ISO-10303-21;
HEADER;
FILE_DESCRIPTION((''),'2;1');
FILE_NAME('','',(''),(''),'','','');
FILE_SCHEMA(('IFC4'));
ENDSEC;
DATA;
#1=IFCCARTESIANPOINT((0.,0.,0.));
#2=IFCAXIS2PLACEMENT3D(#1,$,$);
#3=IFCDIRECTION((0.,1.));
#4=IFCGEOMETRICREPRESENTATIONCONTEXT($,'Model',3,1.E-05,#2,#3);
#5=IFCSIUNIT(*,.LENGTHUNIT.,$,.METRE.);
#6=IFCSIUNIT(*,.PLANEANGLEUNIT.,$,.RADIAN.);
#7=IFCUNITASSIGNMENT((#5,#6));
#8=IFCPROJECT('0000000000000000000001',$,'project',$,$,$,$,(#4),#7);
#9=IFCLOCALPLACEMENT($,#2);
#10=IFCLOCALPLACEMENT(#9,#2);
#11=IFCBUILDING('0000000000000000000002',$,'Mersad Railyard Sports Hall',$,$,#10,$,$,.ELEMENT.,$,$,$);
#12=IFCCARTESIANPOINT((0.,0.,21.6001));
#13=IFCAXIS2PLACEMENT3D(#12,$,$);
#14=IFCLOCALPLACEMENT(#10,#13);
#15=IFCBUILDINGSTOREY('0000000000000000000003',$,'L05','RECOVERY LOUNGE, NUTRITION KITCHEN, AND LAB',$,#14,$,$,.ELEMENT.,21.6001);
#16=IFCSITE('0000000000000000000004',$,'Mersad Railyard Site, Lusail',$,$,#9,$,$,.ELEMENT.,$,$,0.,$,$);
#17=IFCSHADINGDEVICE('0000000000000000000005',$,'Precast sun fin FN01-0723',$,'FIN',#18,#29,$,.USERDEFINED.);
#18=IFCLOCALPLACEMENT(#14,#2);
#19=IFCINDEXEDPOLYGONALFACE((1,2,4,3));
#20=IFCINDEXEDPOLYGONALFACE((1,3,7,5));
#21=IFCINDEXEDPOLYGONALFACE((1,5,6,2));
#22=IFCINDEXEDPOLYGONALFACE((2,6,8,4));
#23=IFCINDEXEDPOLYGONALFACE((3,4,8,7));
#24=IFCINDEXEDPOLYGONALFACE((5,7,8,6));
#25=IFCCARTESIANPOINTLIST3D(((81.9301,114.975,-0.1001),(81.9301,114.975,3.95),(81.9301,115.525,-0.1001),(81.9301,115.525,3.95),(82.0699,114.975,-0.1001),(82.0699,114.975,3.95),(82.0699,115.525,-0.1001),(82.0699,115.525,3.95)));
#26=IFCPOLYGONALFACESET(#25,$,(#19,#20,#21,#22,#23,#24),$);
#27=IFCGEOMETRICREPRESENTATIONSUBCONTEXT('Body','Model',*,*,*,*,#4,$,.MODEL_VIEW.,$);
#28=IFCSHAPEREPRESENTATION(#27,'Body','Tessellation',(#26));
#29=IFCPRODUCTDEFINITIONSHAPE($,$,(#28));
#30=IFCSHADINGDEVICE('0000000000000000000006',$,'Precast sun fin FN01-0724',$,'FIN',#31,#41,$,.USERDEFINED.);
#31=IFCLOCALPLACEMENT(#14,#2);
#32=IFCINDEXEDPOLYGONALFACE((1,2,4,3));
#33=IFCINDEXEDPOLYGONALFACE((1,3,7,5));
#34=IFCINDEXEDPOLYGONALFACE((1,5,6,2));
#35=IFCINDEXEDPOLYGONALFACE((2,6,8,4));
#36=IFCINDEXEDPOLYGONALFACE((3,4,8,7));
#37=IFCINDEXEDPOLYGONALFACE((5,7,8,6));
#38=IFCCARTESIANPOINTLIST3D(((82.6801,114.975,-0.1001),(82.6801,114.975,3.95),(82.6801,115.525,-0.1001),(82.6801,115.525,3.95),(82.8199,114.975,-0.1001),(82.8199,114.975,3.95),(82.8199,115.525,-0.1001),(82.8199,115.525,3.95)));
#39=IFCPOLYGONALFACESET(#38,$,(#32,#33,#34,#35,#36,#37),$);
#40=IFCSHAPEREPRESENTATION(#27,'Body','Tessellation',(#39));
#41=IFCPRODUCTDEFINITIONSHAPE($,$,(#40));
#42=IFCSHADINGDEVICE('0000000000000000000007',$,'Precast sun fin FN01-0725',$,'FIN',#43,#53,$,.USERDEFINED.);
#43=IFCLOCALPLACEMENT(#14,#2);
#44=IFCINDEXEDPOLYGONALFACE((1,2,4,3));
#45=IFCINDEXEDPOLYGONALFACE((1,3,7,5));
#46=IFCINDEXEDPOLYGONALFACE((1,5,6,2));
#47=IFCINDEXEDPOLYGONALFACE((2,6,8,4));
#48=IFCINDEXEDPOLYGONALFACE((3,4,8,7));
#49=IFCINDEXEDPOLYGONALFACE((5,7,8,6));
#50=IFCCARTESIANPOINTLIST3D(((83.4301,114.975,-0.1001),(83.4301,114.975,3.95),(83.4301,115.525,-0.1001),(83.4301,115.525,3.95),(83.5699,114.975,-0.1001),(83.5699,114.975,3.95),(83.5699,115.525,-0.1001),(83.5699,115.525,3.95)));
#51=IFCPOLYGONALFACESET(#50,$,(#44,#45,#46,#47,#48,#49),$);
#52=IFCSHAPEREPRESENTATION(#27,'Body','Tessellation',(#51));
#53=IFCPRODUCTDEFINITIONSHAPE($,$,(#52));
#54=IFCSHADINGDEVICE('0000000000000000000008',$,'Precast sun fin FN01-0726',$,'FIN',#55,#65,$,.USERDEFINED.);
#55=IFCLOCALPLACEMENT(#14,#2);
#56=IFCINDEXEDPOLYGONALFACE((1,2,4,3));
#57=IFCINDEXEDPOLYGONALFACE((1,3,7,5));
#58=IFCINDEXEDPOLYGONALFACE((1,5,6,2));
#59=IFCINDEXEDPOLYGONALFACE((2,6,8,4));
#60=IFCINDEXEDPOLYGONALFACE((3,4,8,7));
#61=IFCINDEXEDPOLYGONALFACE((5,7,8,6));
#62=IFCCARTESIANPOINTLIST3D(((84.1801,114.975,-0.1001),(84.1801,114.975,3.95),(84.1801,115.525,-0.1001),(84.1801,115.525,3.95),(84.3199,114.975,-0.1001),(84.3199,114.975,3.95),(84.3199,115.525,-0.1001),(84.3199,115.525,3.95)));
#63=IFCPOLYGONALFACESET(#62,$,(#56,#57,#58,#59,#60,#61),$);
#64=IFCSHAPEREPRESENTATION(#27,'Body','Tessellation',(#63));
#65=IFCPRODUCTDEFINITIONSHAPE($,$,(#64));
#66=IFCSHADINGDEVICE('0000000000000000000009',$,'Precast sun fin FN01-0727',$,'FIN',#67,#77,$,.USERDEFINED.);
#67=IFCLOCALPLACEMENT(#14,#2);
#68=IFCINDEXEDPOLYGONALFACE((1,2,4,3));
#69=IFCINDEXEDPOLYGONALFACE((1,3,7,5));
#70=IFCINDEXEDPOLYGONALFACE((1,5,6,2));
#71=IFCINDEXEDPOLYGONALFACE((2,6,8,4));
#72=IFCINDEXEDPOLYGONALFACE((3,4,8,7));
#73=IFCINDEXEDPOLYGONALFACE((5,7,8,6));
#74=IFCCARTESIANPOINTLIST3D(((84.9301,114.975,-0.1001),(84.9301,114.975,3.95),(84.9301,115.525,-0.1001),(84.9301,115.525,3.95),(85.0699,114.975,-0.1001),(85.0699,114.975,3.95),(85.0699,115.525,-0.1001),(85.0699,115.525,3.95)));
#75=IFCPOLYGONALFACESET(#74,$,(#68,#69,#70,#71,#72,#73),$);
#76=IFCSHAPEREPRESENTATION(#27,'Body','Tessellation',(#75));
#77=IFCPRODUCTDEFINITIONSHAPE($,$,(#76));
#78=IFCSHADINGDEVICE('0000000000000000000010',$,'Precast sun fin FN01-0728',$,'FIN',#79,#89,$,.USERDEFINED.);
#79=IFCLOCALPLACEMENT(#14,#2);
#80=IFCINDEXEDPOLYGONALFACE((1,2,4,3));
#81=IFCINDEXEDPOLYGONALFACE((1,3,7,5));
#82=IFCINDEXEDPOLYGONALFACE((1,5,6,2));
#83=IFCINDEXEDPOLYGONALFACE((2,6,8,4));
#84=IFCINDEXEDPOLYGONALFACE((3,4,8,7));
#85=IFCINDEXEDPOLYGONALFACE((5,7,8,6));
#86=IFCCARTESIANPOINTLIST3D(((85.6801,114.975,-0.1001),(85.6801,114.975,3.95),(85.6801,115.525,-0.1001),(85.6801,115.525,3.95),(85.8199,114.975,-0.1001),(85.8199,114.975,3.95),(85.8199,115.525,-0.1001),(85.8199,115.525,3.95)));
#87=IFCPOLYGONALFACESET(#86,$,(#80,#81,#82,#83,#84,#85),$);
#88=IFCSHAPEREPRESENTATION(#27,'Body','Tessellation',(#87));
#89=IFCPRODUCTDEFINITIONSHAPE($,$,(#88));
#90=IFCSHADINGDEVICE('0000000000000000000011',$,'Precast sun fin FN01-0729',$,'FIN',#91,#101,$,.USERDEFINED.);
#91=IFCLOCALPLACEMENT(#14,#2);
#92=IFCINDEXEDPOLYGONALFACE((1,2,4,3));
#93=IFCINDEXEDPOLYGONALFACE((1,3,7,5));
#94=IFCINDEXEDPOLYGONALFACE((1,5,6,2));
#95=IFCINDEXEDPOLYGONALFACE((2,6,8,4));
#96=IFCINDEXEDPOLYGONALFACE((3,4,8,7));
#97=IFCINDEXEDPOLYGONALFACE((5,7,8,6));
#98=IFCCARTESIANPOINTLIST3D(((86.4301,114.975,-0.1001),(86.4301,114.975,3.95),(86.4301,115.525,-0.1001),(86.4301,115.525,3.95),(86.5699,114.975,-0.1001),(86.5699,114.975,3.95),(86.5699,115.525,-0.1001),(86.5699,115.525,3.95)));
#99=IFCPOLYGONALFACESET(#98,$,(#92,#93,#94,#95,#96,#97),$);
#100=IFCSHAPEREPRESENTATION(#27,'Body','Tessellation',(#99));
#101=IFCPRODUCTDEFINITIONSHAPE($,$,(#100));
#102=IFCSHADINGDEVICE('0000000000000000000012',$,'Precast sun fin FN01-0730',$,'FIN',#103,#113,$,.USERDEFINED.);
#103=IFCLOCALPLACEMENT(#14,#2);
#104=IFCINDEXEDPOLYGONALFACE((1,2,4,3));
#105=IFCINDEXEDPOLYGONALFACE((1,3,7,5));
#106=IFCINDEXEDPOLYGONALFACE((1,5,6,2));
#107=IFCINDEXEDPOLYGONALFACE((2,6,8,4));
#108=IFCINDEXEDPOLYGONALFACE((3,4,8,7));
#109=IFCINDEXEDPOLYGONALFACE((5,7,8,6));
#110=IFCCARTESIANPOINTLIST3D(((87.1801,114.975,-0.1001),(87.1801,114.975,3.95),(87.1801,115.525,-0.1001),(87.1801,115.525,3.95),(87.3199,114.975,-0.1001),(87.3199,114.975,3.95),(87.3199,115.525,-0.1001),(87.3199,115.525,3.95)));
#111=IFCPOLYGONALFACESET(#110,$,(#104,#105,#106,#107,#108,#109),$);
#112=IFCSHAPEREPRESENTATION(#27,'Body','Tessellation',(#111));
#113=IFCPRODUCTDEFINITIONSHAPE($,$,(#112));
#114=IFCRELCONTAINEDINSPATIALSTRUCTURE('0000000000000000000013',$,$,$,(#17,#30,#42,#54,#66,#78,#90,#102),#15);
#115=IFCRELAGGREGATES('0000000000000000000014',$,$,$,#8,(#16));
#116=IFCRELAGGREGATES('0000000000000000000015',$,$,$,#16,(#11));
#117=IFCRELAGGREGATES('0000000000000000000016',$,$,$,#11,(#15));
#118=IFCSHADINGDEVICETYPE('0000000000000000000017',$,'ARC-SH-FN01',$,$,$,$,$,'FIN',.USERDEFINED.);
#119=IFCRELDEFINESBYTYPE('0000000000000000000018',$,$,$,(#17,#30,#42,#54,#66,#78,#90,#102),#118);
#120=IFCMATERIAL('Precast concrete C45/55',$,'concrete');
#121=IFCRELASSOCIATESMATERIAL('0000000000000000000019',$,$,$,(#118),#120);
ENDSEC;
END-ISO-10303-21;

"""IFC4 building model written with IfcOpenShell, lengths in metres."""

from ifc_helpers import new_model, si_unit, direction, frame, origin, origin_2d, place, context, subcontext, project, spatial, rectangle, extrude, material, type_object, element, save


model = new_model("IFC4")

# Units and contexts
model_context = context("Model", 3, precision=1e-05, world=origin(), true_north=direction((0.0, 1.0)))
body_context = subcontext(model_context, "Body", "Model", "MODEL_VIEW")
ifc_project = project(units=[si_unit("LENGTHUNIT", "METRE"), si_unit("PLANEANGLEUNIT", "RADIAN")], contexts=[model_context])

# Site, building, storey
site_placement = place(None, origin())
site = spatial("IfcSite", under=ifc_project, at=site_placement, Name="Mersad Railyard Site, Lusail", CompositionType="ELEMENT", RefElevation=0.0)
building_placement = place(site_placement, origin())
building = spatial("IfcBuilding", under=site, at=building_placement, Name="Mersad Railyard Sports Hall", CompositionType="ELEMENT")
storey_placement = place(building_placement, frame((0.0, 0.0, 21.6001)))
storey = spatial("IfcBuildingStorey", under=building, at=storey_placement, Name="L05", Description="RECOVERY LOUNGE, NUTRITION KITCHEN, AND LAB", CompositionType="ELEMENT", Elevation=21.6001)

# Shading devices
ifc_material_1 = material(Name="Precast concrete C45/55", Category="concrete")
shading_device_type = type_object("IfcShadingDeviceType", Name="ARC-SH-FN01", ElementType="FIN", PredefinedType="USERDEFINED", material=ifc_material_1)
for number, where, z_axis, x_axis, name in (
    (1, (82.0, 115.25, -0.1001), (0.0, 0.0, 1.0), (1.0, 0.0, 0.0), "Precast sun fin FN01-0723"),
    (2, (82.75, 115.25, -0.1001), (0.0, 0.0, 1.0), (1.0, 0.0, 0.0), "Precast sun fin FN01-0724"),
    (3, (83.5, 115.25, -0.1001), (0.0, 0.0, 1.0), (1.0, 0.0, 0.0), "Precast sun fin FN01-0725"),
    (4, (84.25, 115.25, -0.1001), (0.0, 0.0, 1.0), (1.0, 0.0, 0.0), "Precast sun fin FN01-0726"),
    (5, (85.0, 115.25, -0.1001), (0.0, 0.0, 1.0), (1.0, 0.0, 0.0), "Precast sun fin FN01-0727"),
    (6, (85.75, 115.25, -0.1001), (0.0, 0.0, 1.0), (1.0, 0.0, 0.0), "Precast sun fin FN01-0728"),
    (7, (86.5, 115.25, -0.1001), (0.0, 0.0, 1.0), (1.0, 0.0, 0.0), "Precast sun fin FN01-0729"),
    (8, (87.25, 115.25, -0.1001), (0.0, 0.0, 1.0), (1.0, 0.0, 0.0), "Precast sun fin FN01-0730"),
):
    element("IfcShadingDevice", number, at=place(storey_placement, frame(where, z_axis=z_axis, x_axis=x_axis)), inside=storey, type_object=shading_device_type, Name=name, ObjectType="FIN", PredefinedType="USERDEFINED", context=body_context, shape_type="SweptSolid", body=[
        extrude(rectangle(XDim=0.1399, YDim=0.55, at=origin_2d()), origin(), (0.0, 0.0, 1.0), 4.05),
    ])

save(model, "model.ifc")
